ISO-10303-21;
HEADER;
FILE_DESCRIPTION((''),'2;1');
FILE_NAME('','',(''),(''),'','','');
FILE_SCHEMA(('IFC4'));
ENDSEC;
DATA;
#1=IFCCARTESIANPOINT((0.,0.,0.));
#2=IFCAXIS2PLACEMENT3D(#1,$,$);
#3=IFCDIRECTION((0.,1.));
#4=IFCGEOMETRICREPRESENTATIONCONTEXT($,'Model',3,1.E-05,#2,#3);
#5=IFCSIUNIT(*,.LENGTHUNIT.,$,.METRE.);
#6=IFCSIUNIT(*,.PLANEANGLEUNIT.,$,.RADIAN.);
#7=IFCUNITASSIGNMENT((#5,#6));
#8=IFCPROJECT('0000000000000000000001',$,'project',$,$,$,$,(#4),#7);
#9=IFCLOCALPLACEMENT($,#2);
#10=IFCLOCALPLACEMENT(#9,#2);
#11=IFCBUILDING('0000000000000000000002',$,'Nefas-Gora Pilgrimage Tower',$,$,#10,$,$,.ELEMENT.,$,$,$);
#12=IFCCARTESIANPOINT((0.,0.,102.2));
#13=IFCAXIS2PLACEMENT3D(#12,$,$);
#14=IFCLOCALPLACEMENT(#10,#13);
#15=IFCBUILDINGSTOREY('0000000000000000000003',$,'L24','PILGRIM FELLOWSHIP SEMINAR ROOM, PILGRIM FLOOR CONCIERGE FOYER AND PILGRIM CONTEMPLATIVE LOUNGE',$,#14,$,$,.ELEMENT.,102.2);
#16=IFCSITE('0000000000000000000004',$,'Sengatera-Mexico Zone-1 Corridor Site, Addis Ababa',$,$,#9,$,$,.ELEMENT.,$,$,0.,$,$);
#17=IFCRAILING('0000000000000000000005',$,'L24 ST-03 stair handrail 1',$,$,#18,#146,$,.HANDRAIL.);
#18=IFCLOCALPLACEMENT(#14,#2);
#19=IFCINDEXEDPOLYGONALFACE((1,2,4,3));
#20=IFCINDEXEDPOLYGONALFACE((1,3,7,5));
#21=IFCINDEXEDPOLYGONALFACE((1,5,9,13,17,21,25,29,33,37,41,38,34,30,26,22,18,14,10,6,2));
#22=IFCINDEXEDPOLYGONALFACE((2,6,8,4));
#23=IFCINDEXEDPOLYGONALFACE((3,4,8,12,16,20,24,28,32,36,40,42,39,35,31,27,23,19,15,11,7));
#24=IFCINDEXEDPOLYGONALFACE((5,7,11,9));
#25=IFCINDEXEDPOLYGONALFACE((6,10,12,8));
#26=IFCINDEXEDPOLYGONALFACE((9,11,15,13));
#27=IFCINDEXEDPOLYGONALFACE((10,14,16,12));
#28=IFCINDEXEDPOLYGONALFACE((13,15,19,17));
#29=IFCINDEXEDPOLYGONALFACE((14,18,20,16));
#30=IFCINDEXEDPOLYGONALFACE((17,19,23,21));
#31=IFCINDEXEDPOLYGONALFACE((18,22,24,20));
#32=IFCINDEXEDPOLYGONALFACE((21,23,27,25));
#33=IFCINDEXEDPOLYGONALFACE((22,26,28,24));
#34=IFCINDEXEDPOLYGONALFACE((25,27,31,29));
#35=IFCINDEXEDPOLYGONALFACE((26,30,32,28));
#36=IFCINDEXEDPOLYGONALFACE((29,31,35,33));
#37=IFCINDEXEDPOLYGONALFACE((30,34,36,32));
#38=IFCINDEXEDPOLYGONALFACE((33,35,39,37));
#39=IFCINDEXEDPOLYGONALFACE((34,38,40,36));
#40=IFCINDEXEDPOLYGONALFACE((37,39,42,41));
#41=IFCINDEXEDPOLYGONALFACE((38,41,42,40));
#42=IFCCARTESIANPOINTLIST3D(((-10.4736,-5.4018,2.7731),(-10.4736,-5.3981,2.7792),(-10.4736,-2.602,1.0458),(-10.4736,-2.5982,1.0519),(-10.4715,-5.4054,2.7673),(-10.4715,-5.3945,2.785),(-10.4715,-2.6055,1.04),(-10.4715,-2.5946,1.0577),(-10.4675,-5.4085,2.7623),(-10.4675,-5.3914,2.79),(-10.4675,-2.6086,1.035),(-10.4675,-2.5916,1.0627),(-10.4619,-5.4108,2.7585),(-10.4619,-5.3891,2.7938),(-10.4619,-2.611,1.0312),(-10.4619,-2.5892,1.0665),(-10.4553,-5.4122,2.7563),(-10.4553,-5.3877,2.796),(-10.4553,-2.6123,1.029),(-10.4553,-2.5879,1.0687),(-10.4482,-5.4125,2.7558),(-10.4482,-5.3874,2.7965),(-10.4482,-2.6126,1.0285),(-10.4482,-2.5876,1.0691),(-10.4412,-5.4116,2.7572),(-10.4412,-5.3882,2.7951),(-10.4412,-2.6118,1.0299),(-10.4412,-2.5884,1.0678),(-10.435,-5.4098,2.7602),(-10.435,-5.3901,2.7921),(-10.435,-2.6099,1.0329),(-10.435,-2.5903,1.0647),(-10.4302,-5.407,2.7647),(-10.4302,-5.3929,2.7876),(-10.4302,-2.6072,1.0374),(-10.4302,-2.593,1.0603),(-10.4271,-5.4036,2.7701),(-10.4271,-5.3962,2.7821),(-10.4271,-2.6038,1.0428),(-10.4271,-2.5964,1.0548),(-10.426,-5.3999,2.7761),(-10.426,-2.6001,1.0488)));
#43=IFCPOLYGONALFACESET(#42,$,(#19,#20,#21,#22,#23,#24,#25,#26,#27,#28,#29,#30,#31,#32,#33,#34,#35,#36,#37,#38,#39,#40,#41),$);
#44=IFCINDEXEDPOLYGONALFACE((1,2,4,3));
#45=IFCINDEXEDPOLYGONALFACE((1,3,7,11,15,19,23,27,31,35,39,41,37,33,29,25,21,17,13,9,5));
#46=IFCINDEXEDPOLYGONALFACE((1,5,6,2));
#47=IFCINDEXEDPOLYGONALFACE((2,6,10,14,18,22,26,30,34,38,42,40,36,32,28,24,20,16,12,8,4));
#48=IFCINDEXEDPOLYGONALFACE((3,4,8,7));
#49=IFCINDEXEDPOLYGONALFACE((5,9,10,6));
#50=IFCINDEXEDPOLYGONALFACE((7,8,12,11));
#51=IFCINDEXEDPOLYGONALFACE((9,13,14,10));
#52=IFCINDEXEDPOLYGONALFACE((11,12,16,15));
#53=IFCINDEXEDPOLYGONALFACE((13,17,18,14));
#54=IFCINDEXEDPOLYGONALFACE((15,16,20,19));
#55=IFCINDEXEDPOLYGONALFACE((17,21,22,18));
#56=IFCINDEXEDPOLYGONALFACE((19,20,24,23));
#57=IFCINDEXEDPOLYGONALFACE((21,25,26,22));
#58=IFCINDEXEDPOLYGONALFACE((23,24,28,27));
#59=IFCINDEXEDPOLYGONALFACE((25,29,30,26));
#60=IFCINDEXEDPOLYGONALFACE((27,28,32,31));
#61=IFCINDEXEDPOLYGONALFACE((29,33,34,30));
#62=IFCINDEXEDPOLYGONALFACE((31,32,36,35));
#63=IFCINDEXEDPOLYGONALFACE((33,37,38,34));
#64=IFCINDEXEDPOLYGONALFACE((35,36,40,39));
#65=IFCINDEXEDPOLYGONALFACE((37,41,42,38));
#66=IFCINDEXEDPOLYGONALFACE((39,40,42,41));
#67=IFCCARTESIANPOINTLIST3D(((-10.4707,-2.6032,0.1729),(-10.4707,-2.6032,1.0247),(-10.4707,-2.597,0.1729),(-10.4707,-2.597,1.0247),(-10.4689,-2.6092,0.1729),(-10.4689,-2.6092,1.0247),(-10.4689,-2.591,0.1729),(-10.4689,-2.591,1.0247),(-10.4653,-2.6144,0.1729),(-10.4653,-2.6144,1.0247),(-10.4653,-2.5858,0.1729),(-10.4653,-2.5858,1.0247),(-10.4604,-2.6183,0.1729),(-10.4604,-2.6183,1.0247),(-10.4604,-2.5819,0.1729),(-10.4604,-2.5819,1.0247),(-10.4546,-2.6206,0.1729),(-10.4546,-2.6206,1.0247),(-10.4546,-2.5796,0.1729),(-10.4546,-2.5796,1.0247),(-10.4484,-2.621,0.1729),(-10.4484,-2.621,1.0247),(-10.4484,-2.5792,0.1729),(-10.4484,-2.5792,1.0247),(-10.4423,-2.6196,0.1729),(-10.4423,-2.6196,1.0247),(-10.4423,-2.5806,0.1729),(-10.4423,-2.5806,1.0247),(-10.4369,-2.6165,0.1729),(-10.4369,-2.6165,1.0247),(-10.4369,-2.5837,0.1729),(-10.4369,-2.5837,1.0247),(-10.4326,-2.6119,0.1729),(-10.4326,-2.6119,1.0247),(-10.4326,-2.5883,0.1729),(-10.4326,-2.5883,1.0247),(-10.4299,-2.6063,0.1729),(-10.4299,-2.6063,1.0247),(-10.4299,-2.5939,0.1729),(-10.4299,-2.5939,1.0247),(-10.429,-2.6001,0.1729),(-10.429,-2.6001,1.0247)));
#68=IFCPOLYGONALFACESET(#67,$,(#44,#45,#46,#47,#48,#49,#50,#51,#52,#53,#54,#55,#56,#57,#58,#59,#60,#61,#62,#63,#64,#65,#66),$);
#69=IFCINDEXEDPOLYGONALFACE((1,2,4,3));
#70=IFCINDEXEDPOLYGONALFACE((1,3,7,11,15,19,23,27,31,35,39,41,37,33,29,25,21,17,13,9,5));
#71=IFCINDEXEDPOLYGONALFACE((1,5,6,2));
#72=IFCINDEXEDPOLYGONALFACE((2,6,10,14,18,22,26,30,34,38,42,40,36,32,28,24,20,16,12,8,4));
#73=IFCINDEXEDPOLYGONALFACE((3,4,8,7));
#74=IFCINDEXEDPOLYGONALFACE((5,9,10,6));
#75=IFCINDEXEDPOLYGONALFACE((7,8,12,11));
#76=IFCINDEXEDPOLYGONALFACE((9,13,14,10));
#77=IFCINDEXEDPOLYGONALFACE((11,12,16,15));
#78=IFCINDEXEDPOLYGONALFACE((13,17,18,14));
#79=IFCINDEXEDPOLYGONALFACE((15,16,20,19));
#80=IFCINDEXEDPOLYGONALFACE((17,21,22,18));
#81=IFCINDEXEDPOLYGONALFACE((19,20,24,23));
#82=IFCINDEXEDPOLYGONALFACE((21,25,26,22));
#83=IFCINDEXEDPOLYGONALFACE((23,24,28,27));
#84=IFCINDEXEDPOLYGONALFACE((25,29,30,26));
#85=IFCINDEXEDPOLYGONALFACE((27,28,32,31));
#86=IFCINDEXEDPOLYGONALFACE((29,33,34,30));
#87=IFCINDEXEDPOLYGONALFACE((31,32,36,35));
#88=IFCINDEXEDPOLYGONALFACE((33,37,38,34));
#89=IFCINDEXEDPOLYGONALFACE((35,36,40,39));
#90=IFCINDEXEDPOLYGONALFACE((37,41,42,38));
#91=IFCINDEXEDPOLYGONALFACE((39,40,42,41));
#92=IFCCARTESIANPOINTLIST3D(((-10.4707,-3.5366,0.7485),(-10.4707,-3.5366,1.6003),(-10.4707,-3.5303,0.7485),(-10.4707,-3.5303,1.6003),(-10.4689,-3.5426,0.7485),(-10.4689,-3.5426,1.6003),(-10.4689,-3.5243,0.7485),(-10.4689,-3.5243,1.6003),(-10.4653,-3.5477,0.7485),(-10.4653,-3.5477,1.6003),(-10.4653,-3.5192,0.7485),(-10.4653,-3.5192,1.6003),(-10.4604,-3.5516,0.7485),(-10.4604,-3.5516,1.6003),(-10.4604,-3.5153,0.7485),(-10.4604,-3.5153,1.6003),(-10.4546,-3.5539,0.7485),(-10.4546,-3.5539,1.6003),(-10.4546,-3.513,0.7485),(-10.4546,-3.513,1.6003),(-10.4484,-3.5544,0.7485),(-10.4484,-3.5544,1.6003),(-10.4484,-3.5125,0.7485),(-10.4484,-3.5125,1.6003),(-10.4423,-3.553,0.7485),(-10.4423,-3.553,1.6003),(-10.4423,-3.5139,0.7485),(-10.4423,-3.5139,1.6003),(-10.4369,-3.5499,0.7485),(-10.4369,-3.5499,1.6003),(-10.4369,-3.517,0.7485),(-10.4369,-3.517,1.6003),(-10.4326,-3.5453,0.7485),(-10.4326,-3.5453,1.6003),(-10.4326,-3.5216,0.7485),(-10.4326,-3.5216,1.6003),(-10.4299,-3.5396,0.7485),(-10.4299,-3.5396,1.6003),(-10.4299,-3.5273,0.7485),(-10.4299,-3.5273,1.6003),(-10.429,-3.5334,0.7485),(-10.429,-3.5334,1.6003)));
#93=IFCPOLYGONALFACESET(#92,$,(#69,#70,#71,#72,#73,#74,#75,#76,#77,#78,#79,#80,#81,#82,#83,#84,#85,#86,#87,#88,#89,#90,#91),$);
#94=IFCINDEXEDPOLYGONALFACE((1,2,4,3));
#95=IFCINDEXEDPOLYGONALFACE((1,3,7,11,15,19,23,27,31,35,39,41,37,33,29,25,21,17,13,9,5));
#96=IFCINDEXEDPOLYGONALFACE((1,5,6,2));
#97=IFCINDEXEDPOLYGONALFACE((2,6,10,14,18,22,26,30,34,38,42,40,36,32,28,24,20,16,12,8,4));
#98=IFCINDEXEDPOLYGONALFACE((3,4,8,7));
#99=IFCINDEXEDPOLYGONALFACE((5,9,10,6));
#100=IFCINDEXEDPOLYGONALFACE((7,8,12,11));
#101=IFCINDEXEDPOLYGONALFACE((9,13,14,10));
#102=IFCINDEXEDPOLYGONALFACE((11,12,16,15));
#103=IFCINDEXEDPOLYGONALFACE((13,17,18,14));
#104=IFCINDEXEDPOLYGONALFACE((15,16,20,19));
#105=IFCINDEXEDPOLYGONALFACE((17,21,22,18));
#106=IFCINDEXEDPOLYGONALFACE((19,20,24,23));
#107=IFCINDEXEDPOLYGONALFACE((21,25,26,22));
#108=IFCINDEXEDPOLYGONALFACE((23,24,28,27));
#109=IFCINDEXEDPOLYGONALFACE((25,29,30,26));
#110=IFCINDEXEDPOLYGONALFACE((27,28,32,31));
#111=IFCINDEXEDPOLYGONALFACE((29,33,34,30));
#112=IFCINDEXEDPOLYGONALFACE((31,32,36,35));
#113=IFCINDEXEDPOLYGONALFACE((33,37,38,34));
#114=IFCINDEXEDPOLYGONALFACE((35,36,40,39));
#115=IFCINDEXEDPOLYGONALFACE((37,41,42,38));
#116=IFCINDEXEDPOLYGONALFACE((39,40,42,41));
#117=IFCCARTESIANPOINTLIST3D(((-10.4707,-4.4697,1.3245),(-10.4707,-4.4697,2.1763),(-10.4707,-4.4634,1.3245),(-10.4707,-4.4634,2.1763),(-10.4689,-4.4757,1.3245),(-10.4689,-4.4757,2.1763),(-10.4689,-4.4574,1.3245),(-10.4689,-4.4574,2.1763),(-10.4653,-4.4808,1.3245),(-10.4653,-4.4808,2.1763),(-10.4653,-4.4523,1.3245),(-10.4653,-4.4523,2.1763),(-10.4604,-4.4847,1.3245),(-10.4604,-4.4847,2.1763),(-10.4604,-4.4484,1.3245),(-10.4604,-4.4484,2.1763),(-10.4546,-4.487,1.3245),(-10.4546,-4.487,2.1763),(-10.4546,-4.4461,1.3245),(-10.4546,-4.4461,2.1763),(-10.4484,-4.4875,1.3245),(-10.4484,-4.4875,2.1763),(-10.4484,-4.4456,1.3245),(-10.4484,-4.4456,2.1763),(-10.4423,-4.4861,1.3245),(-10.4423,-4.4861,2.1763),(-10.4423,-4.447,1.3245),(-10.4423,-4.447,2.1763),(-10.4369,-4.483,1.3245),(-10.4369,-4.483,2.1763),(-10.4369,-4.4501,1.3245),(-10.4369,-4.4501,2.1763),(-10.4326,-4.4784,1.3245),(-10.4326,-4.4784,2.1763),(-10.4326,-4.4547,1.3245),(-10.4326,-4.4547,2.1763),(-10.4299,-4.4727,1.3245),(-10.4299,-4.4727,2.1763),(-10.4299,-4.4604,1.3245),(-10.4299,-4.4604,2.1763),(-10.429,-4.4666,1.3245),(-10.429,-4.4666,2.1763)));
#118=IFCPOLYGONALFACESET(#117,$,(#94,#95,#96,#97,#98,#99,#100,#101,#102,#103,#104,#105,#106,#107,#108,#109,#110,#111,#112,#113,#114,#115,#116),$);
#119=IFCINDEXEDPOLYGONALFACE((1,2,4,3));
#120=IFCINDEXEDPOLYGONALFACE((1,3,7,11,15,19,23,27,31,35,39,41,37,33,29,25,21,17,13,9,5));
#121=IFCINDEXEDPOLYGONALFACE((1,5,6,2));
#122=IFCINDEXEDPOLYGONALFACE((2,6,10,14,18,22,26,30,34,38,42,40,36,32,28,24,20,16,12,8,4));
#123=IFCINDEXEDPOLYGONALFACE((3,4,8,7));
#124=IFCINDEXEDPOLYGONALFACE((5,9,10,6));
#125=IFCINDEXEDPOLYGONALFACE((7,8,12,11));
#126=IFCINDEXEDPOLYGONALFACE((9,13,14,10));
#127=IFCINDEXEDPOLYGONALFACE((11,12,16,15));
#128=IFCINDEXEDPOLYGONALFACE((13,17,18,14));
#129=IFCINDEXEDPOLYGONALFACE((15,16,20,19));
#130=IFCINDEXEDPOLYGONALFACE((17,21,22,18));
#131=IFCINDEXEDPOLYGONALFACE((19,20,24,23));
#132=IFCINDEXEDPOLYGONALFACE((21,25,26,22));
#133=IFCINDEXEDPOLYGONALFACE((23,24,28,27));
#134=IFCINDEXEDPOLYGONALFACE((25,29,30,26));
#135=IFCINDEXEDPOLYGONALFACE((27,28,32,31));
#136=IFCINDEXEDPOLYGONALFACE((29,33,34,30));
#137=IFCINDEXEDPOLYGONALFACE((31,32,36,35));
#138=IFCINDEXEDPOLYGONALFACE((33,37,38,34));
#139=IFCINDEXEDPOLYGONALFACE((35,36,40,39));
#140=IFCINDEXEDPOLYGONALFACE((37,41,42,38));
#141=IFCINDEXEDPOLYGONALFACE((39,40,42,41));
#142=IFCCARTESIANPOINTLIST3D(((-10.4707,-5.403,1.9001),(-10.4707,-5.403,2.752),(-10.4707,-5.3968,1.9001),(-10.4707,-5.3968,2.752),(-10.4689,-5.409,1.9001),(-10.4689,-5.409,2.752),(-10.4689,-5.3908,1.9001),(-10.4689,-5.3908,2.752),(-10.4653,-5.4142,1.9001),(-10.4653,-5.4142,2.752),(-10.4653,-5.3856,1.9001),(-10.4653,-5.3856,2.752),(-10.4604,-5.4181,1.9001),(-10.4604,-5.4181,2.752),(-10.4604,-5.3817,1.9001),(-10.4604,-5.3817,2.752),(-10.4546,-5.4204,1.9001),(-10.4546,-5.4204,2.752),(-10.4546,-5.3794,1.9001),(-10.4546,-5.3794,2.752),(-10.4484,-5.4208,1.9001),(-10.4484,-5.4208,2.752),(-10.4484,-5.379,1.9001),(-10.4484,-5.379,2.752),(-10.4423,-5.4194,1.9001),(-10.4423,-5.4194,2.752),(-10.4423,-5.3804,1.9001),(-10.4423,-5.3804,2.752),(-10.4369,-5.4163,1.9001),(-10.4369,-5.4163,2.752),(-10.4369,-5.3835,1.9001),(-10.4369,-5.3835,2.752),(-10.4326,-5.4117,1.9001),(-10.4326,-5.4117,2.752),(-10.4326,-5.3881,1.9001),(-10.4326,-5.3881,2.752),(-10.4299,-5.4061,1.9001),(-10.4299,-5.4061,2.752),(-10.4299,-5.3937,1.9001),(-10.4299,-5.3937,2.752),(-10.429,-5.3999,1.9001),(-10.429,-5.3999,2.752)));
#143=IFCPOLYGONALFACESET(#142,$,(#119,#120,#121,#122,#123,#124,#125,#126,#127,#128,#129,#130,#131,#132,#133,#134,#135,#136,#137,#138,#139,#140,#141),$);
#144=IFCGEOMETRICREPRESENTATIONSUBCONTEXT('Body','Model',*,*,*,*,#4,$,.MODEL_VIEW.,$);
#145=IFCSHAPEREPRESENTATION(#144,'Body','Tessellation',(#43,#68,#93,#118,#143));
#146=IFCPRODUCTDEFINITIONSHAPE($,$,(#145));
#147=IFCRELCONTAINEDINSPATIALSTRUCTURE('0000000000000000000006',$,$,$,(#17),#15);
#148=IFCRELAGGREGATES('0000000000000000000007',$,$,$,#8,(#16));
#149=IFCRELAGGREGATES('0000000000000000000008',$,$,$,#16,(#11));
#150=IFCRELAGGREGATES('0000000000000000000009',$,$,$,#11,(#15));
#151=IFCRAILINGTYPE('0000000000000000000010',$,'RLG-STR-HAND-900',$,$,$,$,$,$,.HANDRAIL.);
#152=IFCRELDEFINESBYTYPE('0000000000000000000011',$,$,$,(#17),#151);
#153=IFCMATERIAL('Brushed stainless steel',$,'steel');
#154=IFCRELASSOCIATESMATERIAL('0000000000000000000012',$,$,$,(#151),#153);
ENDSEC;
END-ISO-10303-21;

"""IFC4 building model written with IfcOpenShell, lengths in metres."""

from ifc_helpers import new_model, si_unit, direction, frame, origin, origin_2d, place, context, subcontext, project, spatial, circle, extrude, material, type_object, element, save


model = new_model("IFC4")

# Units and contexts
model_context = context("Model", 3, precision=1e-05, world=origin(), true_north=direction((0.0, 1.0)))
body_context = subcontext(model_context, "Body", "Model", "MODEL_VIEW")
ifc_project = project(units=[si_unit("LENGTHUNIT", "METRE"), si_unit("PLANEANGLEUNIT", "RADIAN")], contexts=[model_context])

# Site, building, storey
site_placement = place(None, origin())
site = spatial("IfcSite", under=ifc_project, at=site_placement, Name="Sengatera-Mexico Zone-1 Corridor Site, Addis Ababa", CompositionType="ELEMENT", RefElevation=0.0)
building_placement = place(site_placement, origin())
building = spatial("IfcBuilding", under=site, at=building_placement, Name="Nefas-Gora Pilgrimage Tower", CompositionType="ELEMENT")
storey_placement = place(building_placement, frame((0.0, 0.0, 102.2)))
storey = spatial("IfcBuildingStorey", under=building, at=storey_placement, Name="L24", Description="PILGRIM FELLOWSHIP SEMINAR ROOM, PILGRIM FLOOR CONCIERGE FOYER AND PILGRIM CONTEMPLATIVE LOUNGE", CompositionType="ELEMENT", Elevation=102.2)

# Railing
ifc_material_1 = material(Name="Brushed stainless steel", Category="steel")
railing_type_1 = type_object("IfcRailingType", Name="RLG-STR-HAND-900", PredefinedType="HANDRAIL", material=ifc_material_1)
railing_1_placement = place(storey_placement, frame((-10.45, -2.6001, 0.1729)))
element("IfcRailing", 1, at=railing_1_placement, inside=storey, type_object=railing_type_1, Name="L24 ST-03 stair handrail 1", PredefinedType="HANDRAIL", context=body_context, shape_type="SweptSolid", body=[
    extrude(circle(Radius=0.0239, at=origin_2d()), frame((0.0, 0.0, 0.876), z_axis=(0.0, -0.851069, 0.525054), x_axis=(1.0, 0.0, 0.0)), (0.0, 0.0, 1.0), 3.2898),
    extrude(circle(Radius=0.021, at=origin_2d()), origin(), (0.0, 0.0, 1.0), 0.8518),
    extrude(circle(Radius=0.021, at=origin_2d()), frame((0.0, -0.9333, 0.5757)), (0.0, 0.0, 1.0), 0.8518),
    extrude(circle(Radius=0.021, at=origin_2d()), frame((0.0, -1.8665, 1.1516)), (0.0, 0.0, 1.0), 0.8518),
    extrude(circle(Radius=0.021, at=origin_2d()), frame((0.0, -2.7998, 1.7273)), (0.0, 0.0, 1.0), 0.8518),
])

save(model, "model.ifc")
